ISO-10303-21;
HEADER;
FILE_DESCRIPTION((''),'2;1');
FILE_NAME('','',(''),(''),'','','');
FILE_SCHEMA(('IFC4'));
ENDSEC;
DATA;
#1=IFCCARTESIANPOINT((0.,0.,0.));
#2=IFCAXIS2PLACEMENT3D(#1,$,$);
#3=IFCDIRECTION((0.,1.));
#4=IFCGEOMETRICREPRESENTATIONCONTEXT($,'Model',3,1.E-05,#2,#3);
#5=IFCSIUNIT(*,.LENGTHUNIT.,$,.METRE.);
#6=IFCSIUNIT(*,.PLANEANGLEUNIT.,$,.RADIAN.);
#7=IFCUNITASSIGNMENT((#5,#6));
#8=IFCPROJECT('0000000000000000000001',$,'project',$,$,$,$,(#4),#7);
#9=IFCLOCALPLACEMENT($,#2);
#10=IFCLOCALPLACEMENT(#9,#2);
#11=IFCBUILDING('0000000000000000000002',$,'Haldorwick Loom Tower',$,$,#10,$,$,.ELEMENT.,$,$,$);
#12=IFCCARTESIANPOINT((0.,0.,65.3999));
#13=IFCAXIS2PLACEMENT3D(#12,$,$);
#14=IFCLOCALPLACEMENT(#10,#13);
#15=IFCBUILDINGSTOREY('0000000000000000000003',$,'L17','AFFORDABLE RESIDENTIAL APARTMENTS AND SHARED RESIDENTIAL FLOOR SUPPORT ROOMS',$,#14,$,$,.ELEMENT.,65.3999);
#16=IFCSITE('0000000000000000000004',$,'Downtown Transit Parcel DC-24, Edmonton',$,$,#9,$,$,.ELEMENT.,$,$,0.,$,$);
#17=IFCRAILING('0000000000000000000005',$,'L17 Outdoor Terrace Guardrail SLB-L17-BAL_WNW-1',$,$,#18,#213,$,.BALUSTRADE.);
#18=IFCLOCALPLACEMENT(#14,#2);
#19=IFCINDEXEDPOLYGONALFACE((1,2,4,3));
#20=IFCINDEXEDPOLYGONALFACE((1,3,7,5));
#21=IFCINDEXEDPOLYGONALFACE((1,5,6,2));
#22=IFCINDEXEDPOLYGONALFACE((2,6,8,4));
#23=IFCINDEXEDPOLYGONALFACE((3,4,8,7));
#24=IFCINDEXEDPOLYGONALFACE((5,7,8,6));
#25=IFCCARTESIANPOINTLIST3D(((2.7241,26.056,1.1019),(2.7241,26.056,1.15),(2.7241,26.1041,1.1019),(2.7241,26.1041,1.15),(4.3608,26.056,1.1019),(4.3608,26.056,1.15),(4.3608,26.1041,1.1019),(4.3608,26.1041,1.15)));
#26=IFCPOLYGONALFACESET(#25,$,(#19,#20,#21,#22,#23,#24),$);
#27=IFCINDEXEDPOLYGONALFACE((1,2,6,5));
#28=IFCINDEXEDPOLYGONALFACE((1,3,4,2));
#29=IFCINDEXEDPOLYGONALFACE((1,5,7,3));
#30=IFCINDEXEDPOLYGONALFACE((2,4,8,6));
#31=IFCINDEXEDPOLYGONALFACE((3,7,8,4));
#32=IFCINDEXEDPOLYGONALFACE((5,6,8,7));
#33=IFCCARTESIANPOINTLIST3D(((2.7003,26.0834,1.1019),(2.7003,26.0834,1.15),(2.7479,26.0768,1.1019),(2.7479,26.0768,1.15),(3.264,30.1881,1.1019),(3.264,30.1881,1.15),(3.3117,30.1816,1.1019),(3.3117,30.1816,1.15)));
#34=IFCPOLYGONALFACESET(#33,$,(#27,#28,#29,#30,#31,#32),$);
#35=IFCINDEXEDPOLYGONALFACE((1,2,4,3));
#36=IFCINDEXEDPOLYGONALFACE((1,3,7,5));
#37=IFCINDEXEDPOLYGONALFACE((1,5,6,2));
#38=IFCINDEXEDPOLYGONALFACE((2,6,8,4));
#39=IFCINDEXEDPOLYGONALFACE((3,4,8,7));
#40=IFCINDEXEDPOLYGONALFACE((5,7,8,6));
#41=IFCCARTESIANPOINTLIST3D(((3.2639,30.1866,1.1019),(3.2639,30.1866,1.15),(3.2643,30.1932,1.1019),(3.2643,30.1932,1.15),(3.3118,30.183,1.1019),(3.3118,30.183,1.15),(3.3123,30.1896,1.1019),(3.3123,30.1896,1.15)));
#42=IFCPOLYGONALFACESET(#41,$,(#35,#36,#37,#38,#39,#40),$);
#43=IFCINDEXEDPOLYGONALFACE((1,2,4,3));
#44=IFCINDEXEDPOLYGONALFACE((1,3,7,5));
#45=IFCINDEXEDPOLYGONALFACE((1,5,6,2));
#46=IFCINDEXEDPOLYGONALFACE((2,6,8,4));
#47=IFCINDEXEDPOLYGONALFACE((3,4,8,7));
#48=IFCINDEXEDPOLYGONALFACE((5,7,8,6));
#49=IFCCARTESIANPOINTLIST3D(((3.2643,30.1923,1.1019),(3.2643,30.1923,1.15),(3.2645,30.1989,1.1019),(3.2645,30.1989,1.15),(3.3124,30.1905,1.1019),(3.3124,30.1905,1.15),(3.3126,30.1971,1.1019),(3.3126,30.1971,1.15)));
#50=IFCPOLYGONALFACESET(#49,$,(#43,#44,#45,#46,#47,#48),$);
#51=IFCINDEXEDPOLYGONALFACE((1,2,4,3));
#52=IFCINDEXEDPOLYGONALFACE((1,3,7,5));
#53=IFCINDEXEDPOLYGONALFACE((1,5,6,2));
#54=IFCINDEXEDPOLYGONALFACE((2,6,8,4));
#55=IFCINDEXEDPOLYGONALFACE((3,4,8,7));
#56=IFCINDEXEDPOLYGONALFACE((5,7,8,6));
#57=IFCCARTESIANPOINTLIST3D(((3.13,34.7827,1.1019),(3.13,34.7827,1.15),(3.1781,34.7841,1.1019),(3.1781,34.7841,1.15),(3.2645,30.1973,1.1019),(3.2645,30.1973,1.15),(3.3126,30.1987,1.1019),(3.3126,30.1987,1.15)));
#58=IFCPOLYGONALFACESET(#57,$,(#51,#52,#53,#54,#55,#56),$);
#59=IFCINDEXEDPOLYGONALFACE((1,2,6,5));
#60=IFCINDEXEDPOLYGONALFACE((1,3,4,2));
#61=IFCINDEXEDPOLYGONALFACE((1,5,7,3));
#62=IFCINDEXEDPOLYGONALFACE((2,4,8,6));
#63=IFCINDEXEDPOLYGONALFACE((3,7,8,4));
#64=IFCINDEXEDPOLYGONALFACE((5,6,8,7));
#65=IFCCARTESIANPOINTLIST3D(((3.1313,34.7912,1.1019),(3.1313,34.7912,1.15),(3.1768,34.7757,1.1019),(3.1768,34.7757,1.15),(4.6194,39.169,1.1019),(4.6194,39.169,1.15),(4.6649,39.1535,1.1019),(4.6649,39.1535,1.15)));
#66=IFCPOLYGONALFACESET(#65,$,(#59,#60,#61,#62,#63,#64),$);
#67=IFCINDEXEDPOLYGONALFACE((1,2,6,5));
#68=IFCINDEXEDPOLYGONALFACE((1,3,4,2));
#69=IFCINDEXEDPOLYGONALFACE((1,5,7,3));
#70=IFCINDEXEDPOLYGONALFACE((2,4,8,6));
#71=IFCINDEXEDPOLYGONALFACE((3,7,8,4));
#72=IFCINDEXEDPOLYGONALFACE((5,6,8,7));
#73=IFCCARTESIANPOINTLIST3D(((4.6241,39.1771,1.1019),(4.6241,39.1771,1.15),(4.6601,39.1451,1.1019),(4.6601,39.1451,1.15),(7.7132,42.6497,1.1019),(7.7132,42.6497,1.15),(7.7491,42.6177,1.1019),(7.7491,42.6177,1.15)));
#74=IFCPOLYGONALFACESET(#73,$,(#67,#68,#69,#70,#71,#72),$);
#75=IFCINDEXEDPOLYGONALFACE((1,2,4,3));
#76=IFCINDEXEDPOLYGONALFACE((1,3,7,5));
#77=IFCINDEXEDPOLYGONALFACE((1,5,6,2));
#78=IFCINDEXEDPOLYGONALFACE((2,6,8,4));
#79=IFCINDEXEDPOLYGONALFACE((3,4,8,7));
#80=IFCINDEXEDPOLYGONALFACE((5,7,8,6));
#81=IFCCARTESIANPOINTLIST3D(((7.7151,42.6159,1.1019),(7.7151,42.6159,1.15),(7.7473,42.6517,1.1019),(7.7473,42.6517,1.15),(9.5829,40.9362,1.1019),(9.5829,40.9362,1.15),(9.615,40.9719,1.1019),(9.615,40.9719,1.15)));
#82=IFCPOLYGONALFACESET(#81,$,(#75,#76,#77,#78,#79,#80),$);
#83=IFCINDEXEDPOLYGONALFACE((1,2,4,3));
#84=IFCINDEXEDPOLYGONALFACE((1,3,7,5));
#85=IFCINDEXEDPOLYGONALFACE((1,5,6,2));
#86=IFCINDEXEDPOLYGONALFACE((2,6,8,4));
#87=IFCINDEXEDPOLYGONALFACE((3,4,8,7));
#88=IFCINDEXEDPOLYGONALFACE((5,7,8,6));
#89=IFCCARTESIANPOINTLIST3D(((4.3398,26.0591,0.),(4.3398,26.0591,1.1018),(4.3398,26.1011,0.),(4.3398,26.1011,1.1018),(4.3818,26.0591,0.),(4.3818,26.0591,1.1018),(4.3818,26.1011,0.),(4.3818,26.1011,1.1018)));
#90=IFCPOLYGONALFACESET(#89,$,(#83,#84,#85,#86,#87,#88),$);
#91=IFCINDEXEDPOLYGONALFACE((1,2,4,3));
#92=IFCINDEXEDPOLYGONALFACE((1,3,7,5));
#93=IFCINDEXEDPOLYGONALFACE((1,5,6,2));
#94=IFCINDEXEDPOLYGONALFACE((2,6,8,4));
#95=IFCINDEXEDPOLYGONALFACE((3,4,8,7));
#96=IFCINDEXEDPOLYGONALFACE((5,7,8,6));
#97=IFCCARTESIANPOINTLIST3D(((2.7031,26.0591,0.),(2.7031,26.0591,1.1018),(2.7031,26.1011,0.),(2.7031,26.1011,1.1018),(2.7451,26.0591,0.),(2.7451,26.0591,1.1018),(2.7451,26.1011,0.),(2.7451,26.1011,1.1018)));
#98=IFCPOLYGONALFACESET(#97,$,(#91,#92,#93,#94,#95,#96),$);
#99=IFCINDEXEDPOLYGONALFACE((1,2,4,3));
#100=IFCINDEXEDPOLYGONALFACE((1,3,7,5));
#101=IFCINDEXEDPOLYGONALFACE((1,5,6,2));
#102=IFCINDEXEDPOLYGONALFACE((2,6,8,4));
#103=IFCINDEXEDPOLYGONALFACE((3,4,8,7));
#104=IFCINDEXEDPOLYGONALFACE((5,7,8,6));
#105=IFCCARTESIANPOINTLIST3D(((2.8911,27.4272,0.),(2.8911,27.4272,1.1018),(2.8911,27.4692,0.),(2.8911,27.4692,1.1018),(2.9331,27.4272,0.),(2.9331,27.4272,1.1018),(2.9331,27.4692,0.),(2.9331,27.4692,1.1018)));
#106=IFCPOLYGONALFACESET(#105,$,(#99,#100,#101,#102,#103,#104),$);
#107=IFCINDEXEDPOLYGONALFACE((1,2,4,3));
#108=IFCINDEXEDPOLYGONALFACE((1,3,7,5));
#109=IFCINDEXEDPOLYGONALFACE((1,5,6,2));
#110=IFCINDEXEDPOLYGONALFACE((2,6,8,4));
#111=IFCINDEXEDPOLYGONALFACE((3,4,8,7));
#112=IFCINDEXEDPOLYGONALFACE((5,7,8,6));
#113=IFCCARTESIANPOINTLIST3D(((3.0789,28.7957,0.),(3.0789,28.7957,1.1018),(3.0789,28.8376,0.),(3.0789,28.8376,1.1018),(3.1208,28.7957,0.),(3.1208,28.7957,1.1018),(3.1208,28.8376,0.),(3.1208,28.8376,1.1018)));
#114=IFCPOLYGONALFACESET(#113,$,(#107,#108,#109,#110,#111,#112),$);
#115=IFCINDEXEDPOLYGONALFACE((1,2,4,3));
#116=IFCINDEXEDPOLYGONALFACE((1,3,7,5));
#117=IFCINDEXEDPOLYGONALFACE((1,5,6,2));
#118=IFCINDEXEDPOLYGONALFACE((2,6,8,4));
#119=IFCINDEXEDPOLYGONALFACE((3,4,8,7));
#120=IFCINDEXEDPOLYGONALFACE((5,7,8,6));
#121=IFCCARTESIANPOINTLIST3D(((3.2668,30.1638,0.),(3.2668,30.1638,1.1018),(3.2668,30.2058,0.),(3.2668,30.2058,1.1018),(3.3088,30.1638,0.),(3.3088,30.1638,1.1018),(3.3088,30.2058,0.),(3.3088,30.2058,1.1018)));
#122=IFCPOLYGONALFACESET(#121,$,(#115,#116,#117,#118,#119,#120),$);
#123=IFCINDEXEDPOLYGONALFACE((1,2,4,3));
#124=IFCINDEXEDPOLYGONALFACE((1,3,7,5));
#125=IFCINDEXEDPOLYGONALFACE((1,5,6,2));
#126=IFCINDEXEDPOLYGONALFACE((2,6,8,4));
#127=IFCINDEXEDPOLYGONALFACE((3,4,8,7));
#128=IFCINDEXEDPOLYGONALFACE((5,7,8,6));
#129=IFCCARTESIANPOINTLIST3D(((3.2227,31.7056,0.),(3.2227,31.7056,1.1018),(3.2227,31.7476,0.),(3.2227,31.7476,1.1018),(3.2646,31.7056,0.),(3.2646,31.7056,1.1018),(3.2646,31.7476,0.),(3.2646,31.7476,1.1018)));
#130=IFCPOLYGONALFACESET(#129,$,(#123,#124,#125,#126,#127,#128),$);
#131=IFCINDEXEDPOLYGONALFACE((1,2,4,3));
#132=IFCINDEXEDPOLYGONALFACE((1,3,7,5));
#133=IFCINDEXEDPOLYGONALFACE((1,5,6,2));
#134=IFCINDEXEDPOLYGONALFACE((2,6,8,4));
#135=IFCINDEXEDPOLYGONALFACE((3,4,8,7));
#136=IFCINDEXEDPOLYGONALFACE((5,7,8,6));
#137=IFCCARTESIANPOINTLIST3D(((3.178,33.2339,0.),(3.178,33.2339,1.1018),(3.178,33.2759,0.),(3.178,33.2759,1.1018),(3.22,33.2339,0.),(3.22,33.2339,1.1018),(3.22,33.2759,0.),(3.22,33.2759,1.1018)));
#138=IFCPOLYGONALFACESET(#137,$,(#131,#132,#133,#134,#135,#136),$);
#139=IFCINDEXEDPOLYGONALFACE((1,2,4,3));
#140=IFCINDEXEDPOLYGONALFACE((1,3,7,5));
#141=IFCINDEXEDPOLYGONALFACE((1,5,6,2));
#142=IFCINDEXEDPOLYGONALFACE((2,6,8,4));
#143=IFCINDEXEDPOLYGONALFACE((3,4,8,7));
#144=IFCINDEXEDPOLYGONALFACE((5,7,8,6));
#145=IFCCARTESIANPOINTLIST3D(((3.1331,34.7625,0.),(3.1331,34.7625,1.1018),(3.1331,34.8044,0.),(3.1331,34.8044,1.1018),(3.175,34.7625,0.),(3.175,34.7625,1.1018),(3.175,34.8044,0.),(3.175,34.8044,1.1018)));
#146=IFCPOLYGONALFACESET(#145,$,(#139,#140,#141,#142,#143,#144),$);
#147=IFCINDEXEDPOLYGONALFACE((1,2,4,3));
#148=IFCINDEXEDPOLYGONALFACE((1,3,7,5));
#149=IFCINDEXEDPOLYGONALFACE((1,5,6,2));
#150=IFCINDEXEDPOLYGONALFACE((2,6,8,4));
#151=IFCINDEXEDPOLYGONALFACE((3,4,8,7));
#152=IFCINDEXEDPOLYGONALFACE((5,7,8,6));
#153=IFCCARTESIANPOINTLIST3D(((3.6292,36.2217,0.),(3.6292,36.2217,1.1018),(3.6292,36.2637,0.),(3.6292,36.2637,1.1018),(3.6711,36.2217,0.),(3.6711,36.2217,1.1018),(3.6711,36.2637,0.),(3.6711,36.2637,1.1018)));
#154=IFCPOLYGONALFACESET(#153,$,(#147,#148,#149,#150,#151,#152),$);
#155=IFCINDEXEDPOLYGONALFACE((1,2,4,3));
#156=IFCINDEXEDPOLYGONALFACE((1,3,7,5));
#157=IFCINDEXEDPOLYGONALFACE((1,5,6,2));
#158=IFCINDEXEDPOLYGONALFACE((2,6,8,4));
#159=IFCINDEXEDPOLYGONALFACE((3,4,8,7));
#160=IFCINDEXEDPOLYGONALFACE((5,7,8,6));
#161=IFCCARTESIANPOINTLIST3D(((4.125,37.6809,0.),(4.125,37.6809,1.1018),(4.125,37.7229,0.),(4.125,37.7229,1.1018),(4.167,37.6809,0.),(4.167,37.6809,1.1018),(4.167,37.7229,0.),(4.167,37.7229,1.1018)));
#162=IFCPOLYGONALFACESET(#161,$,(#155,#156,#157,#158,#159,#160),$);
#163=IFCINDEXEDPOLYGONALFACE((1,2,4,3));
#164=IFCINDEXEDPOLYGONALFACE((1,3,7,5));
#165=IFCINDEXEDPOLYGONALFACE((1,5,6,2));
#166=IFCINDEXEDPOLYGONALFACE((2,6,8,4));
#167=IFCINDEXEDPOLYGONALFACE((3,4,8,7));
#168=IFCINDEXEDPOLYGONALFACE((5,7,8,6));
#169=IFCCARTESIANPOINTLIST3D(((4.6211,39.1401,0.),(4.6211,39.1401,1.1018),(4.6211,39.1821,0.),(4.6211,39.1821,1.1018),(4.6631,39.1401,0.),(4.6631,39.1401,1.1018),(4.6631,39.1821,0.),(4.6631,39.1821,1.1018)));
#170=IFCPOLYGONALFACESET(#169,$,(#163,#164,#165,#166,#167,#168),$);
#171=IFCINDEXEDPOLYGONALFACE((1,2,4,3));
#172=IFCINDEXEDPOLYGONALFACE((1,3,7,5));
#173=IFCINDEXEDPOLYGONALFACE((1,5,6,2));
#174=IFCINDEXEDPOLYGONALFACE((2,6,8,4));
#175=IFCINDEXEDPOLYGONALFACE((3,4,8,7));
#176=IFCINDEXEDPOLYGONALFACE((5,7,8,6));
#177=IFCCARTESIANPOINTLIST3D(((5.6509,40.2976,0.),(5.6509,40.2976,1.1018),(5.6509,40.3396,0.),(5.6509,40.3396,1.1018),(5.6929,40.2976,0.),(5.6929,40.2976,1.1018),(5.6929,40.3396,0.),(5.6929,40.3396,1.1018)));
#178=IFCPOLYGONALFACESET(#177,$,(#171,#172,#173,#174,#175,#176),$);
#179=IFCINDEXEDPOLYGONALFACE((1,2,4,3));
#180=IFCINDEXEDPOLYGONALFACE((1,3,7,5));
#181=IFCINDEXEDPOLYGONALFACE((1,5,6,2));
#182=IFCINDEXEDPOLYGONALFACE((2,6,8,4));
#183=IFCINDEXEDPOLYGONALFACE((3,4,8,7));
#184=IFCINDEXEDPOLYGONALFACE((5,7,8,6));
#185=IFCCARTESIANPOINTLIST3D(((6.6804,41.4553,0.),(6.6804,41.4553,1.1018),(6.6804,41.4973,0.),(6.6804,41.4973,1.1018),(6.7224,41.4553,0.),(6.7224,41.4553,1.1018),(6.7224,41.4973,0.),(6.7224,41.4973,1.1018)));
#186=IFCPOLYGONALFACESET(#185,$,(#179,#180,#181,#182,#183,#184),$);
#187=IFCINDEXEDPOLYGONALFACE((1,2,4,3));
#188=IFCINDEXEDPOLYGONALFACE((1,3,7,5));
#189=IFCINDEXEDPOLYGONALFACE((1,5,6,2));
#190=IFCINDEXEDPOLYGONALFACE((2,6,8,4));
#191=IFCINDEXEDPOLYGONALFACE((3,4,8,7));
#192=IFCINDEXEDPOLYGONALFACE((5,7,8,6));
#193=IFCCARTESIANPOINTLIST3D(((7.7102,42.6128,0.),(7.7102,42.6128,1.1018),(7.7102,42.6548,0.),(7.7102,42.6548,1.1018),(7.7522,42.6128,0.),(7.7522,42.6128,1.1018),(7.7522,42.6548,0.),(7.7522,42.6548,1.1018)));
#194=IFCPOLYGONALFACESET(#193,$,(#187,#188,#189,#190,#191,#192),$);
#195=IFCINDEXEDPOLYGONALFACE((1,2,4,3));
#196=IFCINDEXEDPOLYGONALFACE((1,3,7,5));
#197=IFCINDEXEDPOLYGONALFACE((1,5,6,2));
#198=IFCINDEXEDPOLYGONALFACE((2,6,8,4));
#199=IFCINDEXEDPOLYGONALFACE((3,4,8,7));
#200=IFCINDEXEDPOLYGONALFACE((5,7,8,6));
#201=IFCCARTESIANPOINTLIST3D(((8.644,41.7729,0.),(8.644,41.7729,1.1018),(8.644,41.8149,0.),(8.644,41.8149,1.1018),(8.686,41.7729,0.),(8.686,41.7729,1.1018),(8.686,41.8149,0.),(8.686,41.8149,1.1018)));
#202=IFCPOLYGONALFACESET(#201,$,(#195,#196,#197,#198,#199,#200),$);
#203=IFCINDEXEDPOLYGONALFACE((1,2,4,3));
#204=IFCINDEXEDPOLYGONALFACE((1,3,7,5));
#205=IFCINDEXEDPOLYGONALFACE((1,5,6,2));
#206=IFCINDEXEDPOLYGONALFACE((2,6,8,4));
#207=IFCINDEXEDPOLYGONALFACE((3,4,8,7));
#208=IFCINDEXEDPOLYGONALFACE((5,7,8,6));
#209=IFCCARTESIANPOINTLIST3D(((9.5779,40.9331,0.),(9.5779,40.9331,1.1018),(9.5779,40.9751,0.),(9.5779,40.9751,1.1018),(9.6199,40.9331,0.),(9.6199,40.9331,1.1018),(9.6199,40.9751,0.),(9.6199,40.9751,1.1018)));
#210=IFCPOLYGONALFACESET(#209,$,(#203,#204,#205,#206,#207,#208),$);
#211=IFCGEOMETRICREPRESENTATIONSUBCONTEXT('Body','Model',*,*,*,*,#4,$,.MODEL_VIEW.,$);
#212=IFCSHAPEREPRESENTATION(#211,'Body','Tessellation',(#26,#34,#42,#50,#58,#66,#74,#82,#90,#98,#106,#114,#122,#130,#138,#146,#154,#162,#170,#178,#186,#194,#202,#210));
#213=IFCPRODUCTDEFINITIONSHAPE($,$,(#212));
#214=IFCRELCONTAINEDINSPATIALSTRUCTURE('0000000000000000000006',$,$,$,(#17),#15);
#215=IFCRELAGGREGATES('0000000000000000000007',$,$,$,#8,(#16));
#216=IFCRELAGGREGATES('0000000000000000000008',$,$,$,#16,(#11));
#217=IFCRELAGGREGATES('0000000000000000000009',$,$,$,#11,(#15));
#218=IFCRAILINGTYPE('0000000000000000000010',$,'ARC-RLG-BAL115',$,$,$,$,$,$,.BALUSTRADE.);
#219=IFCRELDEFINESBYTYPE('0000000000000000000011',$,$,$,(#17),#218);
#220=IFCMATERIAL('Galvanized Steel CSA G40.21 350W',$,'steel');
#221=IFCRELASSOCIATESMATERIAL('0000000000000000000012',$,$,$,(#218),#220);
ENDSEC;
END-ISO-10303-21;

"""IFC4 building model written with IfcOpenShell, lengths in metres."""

from ifc_helpers import new_model, si_unit, direction, frame, origin, origin_2d, place, context, subcontext, project, spatial, rectangle, extrude, material, type_object, element, save


model = new_model("IFC4")

# Units and contexts
model_context = context("Model", 3, precision=1e-05, world=origin(), true_north=direction((0.0, 1.0)))
body_context = subcontext(model_context, "Body", "Model", "MODEL_VIEW")
ifc_project = project(units=[si_unit("LENGTHUNIT", "METRE"), si_unit("PLANEANGLEUNIT", "RADIAN")], contexts=[model_context])

# Site, building, storey
site_placement = place(None, origin())
site = spatial("IfcSite", under=ifc_project, at=site_placement, Name="Downtown Transit Parcel DC-24, Edmonton", CompositionType="ELEMENT", RefElevation=0.0)
building_placement = place(site_placement, origin())
building = spatial("IfcBuilding", under=site, at=building_placement, Name="Haldorwick Loom Tower", CompositionType="ELEMENT")
storey_placement = place(building_placement, frame((0.0, 0.0, 65.3999)))
storey = spatial("IfcBuildingStorey", under=building, at=storey_placement, Name="L17", Description="AFFORDABLE RESIDENTIAL APARTMENTS AND SHARED RESIDENTIAL FLOOR SUPPORT ROOMS", CompositionType="ELEMENT", Elevation=65.3999)

# Railing
ifc_material_1 = material(Name="Galvanized Steel CSA G40.21 350W", Category="steel")
railing_type = type_object("IfcRailingType", Name="ARC-RLG-BAL115", PredefinedType="BALUSTRADE", material=ifc_material_1)
railing_placement = place(storey_placement, frame((4.3608, 26.0801, 0.0)))
element("IfcRailing", 1, at=railing_placement, inside=storey, type_object=railing_type, Name="L17 Outdoor Terrace Guardrail SLB-L17-BAL_WNW-1", PredefinedType="BALUSTRADE", context=body_context, shape_type="SweptSolid", body=[
    extrude(rectangle(XDim=0.0481, YDim=0.0481, at=origin_2d()), frame((0.0, 0.0, 1.126), z_axis=(-1.0, 0.0, 0.0), x_axis=(0.0, -1.0, 0.0)), (0.0, 0.0, 1.0), 1.6367),
    extrude(rectangle(XDim=0.0481, YDim=0.0481, at=origin_2d()), frame((-1.6367, 0.0, 1.126), z_axis=(0.136057, 0.990701, 0.0), x_axis=(-0.990701, 0.136057, 0.0)), (0.0, 0.0, 1.0), 4.1433),
    extrude(rectangle(XDim=0.0481, YDim=0.0481, at=origin_2d()), frame((-1.073, 4.1047, 1.126), z_axis=(0.073872, 0.997268, 0.0), x_axis=(-0.997268, 0.073872, 0.0)), (0.0, 0.0, 1.0), 0.0066),
    extrude(rectangle(XDim=0.0481, YDim=0.0481, at=origin_2d()), frame((-1.0725, 4.1113, 1.126), z_axis=(0.037012, 0.999315, 0.0), x_axis=(-0.999315, 0.037012, 0.0)), (0.0, 0.0, 1.0), 0.0066),
    extrude(rectangle(XDim=0.0481, YDim=0.0481, at=origin_2d()), frame((-1.0723, 4.1179, 1.126), z_axis=(-0.029324, 0.99957, 0.0), x_axis=(-0.99957, -0.029324, 0.0)), (0.0, 0.0, 1.0), 4.5874),
    extrude(rectangle(XDim=0.0481, YDim=0.0481, at=origin_2d()), frame((-1.2068, 8.7034, 1.126), z_axis=(0.32183, 0.946798, 0.0), x_axis=(-0.946798, 0.32183, 0.0)), (0.0, 0.0, 1.0), 4.6238),
    extrude(rectangle(XDim=0.0481, YDim=0.0481, at=origin_2d()), frame((0.2812, 13.0811, 1.126), z_axis=(0.664641, 0.747163, 0.0), x_axis=(-0.747163, 0.664641, 0.0)), (0.0, 0.0, 1.0), 4.6477),
    extrude(rectangle(XDim=0.0481, YDim=0.0481, at=origin_2d()), frame((3.3704, 16.5537, 1.126), z_axis=(0.743536, -0.668696, 0.0), x_axis=(0.668696, 0.743536, 0.0)), (0.0, 0.0, 1.0), 2.512),
    extrude(rectangle(XDim=0.042, YDim=0.042, at=origin_2d()), origin(), (0.0, 0.0, 1.0), 1.1018),
    extrude(rectangle(XDim=0.042, YDim=0.042, at=origin_2d()), frame((-1.6367, 0.0, 0.0)), (0.0, 0.0, 1.0), 1.1018),
    extrude(rectangle(XDim=0.042, YDim=0.042, at=origin_2d()), frame((-1.4487, 1.3682, 0.0)), (0.0, 0.0, 1.0), 1.1018),
    extrude(rectangle(XDim=0.042, YDim=0.042, at=origin_2d()), frame((-1.261, 2.7366, 0.0)), (0.0, 0.0, 1.0), 1.1018),
    extrude(rectangle(XDim=0.042, YDim=0.042, at=origin_2d()), frame((-1.073, 4.1047, 0.0)), (0.0, 0.0, 1.0), 1.1018),
    extrude(rectangle(XDim=0.042, YDim=0.042, at=origin_2d()), frame((-1.1172, 5.6465, 0.0)), (0.0, 0.0, 1.0), 1.1018),
    extrude(rectangle(XDim=0.042, YDim=0.042, at=origin_2d()), frame((-1.1619, 7.1748, 0.0)), (0.0, 0.0, 1.0), 1.1018),
    extrude(rectangle(XDim=0.042, YDim=0.042, at=origin_2d()), frame((-1.2068, 8.7034, 0.0)), (0.0, 0.0, 1.0), 1.1018),
    extrude(rectangle(XDim=0.042, YDim=0.042, at=origin_2d()), frame((-0.7107, 10.1626, 0.0)), (0.0, 0.0, 1.0), 1.1018),
    extrude(rectangle(XDim=0.042, YDim=0.042, at=origin_2d()), frame((-0.2148, 11.6218, 0.0)), (0.0, 0.0, 1.0), 1.1018),
    extrude(rectangle(XDim=0.042, YDim=0.042, at=origin_2d()), frame((0.2812, 13.0811, 0.0)), (0.0, 0.0, 1.0), 1.1018),
    extrude(rectangle(XDim=0.042, YDim=0.042, at=origin_2d()), frame((1.311, 14.2385, 0.0)), (0.0, 0.0, 1.0), 1.1018),
    extrude(rectangle(XDim=0.042, YDim=0.042, at=origin_2d()), frame((2.3406, 15.3962, 0.0)), (0.0, 0.0, 1.0), 1.1018),
    extrude(rectangle(XDim=0.042, YDim=0.042, at=origin_2d()), frame((3.3704, 16.5537, 0.0)), (0.0, 0.0, 1.0), 1.1018),
    extrude(rectangle(XDim=0.042, YDim=0.042, at=origin_2d()), frame((4.3042, 15.7139, 0.0)), (0.0, 0.0, 1.0), 1.1018),
    extrude(rectangle(XDim=0.042, YDim=0.042, at=origin_2d()), frame((5.238, 14.874, 0.0)), (0.0, 0.0, 1.0), 1.1018),
])

save(model, "model.ifc")
